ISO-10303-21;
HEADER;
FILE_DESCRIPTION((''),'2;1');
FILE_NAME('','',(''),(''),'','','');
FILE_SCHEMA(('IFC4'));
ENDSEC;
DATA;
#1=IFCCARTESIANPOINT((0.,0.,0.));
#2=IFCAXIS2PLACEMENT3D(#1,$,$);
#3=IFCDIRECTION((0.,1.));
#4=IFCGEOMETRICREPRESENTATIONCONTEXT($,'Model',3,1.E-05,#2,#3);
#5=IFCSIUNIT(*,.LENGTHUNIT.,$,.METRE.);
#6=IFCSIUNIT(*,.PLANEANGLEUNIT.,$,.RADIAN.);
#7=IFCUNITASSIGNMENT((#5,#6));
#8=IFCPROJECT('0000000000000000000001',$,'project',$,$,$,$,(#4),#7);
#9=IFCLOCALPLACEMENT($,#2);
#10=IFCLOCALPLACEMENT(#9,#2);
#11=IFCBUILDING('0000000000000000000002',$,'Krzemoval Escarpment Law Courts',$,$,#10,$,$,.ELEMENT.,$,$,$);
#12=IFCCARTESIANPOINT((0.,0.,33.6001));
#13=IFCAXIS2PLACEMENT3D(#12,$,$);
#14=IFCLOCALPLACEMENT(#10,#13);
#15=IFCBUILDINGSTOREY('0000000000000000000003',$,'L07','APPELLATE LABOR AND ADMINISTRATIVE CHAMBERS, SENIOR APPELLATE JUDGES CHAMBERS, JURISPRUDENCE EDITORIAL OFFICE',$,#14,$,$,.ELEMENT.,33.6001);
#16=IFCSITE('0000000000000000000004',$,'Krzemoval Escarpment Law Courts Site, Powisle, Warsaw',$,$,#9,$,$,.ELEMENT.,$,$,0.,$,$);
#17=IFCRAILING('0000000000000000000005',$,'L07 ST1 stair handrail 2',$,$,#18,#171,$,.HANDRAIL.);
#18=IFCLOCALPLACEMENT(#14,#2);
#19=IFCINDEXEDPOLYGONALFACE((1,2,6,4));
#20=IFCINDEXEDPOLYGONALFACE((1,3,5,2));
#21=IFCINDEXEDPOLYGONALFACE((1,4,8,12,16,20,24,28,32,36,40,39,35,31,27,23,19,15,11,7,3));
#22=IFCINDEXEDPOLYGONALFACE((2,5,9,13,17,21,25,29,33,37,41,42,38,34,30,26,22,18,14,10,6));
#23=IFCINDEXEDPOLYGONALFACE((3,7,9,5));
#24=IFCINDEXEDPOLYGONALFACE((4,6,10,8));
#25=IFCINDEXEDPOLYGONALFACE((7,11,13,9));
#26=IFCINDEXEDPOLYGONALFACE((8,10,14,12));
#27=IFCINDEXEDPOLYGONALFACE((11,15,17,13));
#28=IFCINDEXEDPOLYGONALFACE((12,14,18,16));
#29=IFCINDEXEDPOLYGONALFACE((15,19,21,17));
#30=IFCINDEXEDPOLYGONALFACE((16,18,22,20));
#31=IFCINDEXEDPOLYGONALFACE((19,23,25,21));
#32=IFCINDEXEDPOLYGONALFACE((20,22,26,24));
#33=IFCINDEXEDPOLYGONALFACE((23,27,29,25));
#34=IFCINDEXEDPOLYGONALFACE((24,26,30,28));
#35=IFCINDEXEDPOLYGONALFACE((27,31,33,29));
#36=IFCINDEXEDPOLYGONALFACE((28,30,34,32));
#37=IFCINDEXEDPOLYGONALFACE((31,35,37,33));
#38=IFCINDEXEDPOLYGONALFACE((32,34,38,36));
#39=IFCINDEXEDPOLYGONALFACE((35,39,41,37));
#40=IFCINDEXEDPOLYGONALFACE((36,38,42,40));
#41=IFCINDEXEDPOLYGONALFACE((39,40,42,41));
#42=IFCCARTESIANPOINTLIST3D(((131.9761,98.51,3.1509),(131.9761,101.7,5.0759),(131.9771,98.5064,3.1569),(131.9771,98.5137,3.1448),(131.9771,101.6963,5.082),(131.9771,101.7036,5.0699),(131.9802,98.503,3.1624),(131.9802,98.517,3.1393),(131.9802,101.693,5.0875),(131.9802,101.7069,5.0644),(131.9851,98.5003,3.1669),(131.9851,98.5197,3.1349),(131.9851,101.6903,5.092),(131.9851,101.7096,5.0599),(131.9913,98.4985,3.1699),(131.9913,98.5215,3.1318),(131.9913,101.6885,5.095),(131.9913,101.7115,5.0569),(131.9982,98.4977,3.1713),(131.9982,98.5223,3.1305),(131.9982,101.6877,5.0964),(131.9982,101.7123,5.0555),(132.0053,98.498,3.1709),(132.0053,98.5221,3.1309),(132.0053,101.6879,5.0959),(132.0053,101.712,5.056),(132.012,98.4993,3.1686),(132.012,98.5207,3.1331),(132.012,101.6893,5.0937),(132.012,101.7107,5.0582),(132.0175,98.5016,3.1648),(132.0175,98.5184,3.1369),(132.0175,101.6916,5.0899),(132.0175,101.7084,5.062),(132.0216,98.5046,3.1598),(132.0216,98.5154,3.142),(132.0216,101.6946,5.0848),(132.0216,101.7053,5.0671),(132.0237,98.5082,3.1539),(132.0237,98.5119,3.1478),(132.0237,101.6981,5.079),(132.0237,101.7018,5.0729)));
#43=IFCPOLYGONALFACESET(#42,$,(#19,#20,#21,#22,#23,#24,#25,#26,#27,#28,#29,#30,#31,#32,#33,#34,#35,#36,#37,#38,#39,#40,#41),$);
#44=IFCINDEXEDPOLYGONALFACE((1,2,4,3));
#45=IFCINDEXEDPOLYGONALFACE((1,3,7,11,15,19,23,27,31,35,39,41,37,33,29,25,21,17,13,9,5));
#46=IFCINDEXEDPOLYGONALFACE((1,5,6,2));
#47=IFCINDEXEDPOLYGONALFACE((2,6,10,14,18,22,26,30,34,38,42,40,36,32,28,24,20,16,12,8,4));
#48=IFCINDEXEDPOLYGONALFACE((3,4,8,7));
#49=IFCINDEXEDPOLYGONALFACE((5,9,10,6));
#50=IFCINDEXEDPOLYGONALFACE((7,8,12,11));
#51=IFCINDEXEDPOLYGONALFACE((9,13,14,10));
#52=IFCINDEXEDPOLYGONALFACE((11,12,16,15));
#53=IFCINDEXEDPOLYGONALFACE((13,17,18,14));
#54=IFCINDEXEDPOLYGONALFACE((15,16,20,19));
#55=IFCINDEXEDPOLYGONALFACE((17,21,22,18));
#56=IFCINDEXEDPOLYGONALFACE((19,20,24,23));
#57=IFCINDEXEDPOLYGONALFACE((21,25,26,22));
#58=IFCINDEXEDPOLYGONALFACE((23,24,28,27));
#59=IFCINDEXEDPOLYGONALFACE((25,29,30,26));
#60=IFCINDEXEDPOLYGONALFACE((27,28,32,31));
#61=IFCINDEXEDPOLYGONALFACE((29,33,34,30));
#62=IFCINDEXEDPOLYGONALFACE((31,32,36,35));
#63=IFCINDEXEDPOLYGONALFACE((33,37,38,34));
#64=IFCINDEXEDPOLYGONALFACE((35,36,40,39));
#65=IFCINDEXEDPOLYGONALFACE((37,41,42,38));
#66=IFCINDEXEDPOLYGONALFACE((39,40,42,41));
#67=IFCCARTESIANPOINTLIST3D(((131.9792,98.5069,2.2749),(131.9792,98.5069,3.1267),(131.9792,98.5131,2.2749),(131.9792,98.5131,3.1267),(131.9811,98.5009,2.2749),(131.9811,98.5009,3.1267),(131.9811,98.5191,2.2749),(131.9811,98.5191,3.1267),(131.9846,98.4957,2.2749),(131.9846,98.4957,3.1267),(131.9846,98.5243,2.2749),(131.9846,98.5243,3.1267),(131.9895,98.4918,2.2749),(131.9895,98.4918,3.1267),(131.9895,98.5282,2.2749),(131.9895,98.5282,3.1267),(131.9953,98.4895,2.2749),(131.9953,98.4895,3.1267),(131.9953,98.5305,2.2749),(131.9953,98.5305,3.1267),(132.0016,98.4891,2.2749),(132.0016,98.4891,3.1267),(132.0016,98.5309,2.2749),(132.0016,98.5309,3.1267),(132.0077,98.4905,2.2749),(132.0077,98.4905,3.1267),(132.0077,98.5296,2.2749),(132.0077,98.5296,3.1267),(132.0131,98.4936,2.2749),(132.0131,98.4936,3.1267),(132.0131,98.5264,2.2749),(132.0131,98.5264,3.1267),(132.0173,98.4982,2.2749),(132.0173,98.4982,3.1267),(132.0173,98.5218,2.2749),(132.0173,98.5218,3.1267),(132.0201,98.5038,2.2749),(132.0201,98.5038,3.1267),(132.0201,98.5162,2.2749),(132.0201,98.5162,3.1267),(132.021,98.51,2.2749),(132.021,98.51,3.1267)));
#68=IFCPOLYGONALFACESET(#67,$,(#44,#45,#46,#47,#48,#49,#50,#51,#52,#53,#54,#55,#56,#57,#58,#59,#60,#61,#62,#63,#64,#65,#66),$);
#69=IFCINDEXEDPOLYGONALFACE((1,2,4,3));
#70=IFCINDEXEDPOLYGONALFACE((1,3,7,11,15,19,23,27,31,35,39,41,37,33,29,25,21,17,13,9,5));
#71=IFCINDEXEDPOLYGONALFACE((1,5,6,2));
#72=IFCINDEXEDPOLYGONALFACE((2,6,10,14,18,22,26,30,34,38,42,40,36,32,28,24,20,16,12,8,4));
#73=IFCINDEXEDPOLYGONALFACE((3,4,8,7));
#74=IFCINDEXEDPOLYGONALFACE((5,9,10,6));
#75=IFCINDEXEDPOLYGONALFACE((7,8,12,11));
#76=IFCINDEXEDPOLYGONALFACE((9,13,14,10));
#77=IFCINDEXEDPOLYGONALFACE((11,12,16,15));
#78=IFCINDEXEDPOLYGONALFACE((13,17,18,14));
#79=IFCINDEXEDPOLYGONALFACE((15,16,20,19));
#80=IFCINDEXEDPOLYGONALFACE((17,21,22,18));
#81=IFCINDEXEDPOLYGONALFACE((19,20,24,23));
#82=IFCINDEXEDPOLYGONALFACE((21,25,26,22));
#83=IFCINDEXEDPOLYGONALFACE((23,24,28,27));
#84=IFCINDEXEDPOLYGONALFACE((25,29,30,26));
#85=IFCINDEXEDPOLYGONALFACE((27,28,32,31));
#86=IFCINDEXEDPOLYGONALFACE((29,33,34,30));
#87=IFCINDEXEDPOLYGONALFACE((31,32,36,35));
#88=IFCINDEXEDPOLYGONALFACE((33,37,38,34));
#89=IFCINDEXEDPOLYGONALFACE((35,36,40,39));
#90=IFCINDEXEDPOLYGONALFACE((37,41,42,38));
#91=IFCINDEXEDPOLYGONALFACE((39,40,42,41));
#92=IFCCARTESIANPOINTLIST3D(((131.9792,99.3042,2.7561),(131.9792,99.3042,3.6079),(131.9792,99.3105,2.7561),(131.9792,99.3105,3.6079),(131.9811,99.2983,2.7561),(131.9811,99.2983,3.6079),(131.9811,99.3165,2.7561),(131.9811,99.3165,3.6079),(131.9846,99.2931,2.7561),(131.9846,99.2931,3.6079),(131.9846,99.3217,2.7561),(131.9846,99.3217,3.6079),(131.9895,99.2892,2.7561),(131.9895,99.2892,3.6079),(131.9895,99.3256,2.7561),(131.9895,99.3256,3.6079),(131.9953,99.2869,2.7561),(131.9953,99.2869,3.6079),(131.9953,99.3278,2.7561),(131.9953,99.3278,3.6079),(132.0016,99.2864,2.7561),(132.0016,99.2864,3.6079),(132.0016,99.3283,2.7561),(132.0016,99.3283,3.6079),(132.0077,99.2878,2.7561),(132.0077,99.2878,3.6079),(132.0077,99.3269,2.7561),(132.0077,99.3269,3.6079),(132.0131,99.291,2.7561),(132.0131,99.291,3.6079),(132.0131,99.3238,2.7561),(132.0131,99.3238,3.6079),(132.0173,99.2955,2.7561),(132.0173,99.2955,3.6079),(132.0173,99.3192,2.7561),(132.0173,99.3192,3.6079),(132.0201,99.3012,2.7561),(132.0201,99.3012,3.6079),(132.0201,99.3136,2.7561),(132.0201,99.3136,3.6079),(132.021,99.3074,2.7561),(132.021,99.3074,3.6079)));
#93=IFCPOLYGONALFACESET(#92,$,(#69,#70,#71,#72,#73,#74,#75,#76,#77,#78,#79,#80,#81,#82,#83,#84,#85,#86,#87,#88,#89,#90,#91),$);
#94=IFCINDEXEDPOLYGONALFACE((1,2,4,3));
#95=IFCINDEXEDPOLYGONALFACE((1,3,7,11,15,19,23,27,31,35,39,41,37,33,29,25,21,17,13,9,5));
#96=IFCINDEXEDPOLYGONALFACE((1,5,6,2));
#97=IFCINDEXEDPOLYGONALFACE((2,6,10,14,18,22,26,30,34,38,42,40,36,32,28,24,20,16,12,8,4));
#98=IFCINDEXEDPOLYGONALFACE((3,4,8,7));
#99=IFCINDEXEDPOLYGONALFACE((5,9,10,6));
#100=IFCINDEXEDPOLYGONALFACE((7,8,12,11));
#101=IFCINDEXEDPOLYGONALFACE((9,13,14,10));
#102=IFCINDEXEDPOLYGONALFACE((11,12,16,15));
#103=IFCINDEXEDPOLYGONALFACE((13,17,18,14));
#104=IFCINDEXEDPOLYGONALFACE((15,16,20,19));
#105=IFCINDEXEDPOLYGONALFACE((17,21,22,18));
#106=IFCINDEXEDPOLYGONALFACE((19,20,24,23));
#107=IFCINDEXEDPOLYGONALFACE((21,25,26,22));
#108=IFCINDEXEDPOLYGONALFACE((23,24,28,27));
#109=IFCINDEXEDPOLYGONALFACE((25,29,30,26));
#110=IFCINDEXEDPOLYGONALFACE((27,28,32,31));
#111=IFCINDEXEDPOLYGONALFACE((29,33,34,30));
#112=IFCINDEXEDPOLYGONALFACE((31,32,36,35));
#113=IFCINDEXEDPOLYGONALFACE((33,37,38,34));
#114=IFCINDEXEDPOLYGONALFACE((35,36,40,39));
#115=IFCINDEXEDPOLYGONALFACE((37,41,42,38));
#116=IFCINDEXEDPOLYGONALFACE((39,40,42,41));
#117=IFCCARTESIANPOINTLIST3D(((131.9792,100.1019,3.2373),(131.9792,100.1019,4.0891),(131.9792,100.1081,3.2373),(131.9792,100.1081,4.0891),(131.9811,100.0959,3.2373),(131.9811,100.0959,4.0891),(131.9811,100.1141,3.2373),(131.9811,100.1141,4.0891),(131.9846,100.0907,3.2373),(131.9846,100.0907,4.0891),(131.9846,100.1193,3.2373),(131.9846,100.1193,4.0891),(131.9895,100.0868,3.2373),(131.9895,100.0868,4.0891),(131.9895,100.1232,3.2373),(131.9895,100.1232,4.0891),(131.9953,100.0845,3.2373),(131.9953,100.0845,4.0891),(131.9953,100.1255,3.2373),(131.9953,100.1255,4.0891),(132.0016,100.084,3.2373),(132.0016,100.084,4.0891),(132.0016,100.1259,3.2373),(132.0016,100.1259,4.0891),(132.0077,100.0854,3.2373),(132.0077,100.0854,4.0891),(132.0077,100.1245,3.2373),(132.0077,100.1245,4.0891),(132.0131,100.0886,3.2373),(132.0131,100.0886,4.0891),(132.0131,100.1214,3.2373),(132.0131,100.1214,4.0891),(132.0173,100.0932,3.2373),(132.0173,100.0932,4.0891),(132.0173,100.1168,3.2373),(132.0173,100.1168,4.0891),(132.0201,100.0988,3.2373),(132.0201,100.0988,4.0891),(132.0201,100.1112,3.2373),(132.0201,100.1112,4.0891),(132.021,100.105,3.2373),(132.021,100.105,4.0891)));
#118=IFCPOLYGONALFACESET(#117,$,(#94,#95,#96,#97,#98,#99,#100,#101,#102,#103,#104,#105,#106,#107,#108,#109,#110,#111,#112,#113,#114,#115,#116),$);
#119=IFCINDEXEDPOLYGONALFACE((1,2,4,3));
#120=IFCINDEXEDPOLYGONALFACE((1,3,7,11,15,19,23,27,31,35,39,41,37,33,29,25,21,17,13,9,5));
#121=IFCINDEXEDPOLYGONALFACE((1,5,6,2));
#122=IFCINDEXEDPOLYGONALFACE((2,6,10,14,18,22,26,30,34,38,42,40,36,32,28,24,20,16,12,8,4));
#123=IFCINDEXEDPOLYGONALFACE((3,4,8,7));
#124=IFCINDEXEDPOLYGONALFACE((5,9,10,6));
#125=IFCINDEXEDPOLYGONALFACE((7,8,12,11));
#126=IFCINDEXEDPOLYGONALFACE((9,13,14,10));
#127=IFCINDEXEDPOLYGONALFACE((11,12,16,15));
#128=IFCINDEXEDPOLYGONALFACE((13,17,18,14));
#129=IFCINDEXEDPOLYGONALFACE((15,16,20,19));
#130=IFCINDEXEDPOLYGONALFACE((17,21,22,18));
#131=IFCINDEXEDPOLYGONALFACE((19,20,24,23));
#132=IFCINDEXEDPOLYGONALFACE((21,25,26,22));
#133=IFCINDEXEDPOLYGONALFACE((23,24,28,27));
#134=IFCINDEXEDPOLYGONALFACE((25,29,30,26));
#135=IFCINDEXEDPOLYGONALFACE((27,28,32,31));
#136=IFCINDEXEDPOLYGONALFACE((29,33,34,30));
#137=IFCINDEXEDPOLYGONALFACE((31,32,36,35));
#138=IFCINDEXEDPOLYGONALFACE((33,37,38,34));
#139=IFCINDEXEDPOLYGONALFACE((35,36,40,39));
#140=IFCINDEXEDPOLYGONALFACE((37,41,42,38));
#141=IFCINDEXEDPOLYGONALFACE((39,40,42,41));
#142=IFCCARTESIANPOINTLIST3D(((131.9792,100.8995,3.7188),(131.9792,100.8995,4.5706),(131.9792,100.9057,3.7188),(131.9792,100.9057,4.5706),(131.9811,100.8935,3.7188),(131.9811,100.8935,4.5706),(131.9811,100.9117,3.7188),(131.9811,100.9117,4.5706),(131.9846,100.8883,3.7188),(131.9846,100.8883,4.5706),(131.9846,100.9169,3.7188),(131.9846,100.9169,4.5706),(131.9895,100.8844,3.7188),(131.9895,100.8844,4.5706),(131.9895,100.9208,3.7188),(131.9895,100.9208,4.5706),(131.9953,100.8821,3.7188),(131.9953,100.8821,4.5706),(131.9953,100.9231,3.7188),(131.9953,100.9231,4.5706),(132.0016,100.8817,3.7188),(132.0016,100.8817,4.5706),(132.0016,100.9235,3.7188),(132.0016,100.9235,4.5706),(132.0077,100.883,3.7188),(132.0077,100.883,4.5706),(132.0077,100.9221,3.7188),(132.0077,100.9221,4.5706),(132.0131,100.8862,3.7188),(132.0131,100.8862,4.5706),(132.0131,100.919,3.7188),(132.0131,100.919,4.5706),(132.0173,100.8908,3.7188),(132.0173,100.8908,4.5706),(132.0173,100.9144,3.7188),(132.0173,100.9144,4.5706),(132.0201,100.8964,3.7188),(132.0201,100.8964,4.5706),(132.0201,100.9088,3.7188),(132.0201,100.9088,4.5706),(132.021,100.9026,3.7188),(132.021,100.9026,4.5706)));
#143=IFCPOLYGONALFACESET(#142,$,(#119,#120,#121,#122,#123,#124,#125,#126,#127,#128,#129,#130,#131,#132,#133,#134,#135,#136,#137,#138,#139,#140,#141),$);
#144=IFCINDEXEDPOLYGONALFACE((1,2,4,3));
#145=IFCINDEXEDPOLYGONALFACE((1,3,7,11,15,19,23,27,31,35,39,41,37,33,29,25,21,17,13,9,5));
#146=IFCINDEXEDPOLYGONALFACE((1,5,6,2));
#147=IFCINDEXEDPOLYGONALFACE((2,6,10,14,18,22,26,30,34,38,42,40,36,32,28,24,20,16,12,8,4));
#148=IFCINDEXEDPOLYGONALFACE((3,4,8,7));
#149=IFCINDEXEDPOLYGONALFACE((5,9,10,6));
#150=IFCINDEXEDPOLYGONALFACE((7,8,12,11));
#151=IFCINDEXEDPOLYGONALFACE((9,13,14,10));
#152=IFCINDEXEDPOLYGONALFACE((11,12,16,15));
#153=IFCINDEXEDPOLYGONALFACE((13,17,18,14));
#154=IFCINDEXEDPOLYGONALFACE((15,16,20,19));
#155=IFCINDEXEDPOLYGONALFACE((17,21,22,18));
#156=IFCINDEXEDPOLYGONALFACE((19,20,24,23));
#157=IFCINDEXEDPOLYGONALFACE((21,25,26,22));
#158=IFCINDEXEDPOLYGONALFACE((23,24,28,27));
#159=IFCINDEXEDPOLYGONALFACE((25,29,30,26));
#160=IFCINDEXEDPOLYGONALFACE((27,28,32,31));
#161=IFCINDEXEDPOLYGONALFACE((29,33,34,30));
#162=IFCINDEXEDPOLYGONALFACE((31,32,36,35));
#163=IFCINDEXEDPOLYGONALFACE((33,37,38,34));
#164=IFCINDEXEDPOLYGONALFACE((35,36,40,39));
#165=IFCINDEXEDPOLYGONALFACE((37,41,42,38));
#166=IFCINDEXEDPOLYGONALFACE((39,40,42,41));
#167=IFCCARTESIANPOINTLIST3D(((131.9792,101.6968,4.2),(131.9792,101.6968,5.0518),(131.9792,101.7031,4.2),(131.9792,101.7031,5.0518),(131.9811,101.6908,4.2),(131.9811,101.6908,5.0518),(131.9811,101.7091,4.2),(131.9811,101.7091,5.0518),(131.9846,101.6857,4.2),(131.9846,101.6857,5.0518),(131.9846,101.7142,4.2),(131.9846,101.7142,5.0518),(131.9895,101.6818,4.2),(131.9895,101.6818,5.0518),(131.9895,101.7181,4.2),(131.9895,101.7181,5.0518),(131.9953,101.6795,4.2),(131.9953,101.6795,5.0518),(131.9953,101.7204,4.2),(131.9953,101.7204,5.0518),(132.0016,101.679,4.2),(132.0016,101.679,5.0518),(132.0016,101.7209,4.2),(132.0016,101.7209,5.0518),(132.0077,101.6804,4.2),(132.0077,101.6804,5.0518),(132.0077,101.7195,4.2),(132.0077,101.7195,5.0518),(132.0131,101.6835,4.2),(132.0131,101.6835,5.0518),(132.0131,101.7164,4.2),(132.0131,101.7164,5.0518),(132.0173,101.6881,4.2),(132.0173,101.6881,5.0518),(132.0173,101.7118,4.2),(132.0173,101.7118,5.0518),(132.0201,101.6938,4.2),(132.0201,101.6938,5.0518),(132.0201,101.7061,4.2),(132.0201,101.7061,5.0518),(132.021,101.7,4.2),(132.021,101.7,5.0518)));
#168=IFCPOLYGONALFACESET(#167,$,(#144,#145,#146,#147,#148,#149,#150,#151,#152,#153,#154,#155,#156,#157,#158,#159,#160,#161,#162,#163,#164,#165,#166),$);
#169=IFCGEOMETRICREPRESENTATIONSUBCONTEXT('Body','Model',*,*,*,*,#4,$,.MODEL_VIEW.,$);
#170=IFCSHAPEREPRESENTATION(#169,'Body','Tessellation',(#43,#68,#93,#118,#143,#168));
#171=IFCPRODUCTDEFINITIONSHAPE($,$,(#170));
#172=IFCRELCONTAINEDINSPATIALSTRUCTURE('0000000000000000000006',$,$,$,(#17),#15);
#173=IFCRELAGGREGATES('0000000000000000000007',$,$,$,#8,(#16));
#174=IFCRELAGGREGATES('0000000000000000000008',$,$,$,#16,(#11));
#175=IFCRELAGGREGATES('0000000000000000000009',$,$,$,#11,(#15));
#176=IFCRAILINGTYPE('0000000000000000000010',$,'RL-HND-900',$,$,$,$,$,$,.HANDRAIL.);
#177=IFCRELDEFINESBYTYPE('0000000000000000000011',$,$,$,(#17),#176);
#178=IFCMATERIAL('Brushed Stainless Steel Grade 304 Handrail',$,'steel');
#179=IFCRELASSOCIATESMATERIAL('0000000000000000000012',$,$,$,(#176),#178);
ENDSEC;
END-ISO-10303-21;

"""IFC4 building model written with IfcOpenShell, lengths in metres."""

from ifc_helpers import new_model, si_unit, direction, frame, origin, origin_2d, place, context, subcontext, project, spatial, circle, extrude, material, type_object, element, save


model = new_model("IFC4")

# Units and contexts
model_context = context("Model", 3, precision=1e-05, world=origin(), true_north=direction((0.0, 1.0)))
body_context = subcontext(model_context, "Body", "Model", "MODEL_VIEW")
ifc_project = project(units=[si_unit("LENGTHUNIT", "METRE"), si_unit("PLANEANGLEUNIT", "RADIAN")], contexts=[model_context])

# Site, building, storey
site_placement = place(None, origin())
site = spatial("IfcSite", under=ifc_project, at=site_placement, Name="Krzemoval Escarpment Law Courts Site, Powisle, Warsaw", CompositionType="ELEMENT", RefElevation=0.0)
building_placement = place(site_placement, origin())
building = spatial("IfcBuilding", under=site, at=building_placement, Name="Krzemoval Escarpment Law Courts", CompositionType="ELEMENT")
storey_placement = place(building_placement, frame((0.0, 0.0, 33.6001)))
storey = spatial("IfcBuildingStorey", under=building, at=storey_placement, Name="L07", Description="APPELLATE LABOR AND ADMINISTRATIVE CHAMBERS, SENIOR APPELLATE JUDGES CHAMBERS, JURISPRUDENCE EDITORIAL OFFICE", CompositionType="ELEMENT", Elevation=33.6001)

# Railing
ifc_material_1 = material(Name="Brushed Stainless Steel Grade 304 Handrail", Category="steel")
railing_type_1 = type_object("IfcRailingType", Name="RL-HND-900", PredefinedType="HANDRAIL", material=ifc_material_1)
railing_1_placement = place(storey_placement, frame((132.0, 98.51, 2.2749)))
element("IfcRailing", 1, at=railing_1_placement, inside=storey, type_object=railing_type_1, Name="L07 ST1 stair handrail 2", PredefinedType="HANDRAIL", context=body_context, shape_type="SweptSolid", body=[
    extrude(circle(Radius=0.0239, at=origin_2d()), frame((0.0, 0.0, 0.876), z_axis=(0.0, 0.856178, 0.516682), x_axis=(-1.0, 0.0, 0.0)), (0.0, 0.0, 1.0), 3.7258),
    extrude(circle(Radius=0.021, at=origin_2d()), origin(), (0.0, 0.0, 1.0), 0.8518),
    extrude(circle(Radius=0.021, at=origin_2d()), frame((0.0, 0.7974, 0.4812)), (0.0, 0.0, 1.0), 0.8518),
    extrude(circle(Radius=0.021, at=origin_2d()), frame((0.0, 1.595, 0.9624)), (0.0, 0.0, 1.0), 0.8518),
    extrude(circle(Radius=0.021, at=origin_2d()), frame((0.0, 2.3926, 1.4438)), (0.0, 0.0, 1.0), 0.8518),
    extrude(circle(Radius=0.021, at=origin_2d()), frame((0.0, 3.1899, 1.925)), (0.0, 0.0, 1.0), 0.8518),
])

save(model, "model.ifc")
